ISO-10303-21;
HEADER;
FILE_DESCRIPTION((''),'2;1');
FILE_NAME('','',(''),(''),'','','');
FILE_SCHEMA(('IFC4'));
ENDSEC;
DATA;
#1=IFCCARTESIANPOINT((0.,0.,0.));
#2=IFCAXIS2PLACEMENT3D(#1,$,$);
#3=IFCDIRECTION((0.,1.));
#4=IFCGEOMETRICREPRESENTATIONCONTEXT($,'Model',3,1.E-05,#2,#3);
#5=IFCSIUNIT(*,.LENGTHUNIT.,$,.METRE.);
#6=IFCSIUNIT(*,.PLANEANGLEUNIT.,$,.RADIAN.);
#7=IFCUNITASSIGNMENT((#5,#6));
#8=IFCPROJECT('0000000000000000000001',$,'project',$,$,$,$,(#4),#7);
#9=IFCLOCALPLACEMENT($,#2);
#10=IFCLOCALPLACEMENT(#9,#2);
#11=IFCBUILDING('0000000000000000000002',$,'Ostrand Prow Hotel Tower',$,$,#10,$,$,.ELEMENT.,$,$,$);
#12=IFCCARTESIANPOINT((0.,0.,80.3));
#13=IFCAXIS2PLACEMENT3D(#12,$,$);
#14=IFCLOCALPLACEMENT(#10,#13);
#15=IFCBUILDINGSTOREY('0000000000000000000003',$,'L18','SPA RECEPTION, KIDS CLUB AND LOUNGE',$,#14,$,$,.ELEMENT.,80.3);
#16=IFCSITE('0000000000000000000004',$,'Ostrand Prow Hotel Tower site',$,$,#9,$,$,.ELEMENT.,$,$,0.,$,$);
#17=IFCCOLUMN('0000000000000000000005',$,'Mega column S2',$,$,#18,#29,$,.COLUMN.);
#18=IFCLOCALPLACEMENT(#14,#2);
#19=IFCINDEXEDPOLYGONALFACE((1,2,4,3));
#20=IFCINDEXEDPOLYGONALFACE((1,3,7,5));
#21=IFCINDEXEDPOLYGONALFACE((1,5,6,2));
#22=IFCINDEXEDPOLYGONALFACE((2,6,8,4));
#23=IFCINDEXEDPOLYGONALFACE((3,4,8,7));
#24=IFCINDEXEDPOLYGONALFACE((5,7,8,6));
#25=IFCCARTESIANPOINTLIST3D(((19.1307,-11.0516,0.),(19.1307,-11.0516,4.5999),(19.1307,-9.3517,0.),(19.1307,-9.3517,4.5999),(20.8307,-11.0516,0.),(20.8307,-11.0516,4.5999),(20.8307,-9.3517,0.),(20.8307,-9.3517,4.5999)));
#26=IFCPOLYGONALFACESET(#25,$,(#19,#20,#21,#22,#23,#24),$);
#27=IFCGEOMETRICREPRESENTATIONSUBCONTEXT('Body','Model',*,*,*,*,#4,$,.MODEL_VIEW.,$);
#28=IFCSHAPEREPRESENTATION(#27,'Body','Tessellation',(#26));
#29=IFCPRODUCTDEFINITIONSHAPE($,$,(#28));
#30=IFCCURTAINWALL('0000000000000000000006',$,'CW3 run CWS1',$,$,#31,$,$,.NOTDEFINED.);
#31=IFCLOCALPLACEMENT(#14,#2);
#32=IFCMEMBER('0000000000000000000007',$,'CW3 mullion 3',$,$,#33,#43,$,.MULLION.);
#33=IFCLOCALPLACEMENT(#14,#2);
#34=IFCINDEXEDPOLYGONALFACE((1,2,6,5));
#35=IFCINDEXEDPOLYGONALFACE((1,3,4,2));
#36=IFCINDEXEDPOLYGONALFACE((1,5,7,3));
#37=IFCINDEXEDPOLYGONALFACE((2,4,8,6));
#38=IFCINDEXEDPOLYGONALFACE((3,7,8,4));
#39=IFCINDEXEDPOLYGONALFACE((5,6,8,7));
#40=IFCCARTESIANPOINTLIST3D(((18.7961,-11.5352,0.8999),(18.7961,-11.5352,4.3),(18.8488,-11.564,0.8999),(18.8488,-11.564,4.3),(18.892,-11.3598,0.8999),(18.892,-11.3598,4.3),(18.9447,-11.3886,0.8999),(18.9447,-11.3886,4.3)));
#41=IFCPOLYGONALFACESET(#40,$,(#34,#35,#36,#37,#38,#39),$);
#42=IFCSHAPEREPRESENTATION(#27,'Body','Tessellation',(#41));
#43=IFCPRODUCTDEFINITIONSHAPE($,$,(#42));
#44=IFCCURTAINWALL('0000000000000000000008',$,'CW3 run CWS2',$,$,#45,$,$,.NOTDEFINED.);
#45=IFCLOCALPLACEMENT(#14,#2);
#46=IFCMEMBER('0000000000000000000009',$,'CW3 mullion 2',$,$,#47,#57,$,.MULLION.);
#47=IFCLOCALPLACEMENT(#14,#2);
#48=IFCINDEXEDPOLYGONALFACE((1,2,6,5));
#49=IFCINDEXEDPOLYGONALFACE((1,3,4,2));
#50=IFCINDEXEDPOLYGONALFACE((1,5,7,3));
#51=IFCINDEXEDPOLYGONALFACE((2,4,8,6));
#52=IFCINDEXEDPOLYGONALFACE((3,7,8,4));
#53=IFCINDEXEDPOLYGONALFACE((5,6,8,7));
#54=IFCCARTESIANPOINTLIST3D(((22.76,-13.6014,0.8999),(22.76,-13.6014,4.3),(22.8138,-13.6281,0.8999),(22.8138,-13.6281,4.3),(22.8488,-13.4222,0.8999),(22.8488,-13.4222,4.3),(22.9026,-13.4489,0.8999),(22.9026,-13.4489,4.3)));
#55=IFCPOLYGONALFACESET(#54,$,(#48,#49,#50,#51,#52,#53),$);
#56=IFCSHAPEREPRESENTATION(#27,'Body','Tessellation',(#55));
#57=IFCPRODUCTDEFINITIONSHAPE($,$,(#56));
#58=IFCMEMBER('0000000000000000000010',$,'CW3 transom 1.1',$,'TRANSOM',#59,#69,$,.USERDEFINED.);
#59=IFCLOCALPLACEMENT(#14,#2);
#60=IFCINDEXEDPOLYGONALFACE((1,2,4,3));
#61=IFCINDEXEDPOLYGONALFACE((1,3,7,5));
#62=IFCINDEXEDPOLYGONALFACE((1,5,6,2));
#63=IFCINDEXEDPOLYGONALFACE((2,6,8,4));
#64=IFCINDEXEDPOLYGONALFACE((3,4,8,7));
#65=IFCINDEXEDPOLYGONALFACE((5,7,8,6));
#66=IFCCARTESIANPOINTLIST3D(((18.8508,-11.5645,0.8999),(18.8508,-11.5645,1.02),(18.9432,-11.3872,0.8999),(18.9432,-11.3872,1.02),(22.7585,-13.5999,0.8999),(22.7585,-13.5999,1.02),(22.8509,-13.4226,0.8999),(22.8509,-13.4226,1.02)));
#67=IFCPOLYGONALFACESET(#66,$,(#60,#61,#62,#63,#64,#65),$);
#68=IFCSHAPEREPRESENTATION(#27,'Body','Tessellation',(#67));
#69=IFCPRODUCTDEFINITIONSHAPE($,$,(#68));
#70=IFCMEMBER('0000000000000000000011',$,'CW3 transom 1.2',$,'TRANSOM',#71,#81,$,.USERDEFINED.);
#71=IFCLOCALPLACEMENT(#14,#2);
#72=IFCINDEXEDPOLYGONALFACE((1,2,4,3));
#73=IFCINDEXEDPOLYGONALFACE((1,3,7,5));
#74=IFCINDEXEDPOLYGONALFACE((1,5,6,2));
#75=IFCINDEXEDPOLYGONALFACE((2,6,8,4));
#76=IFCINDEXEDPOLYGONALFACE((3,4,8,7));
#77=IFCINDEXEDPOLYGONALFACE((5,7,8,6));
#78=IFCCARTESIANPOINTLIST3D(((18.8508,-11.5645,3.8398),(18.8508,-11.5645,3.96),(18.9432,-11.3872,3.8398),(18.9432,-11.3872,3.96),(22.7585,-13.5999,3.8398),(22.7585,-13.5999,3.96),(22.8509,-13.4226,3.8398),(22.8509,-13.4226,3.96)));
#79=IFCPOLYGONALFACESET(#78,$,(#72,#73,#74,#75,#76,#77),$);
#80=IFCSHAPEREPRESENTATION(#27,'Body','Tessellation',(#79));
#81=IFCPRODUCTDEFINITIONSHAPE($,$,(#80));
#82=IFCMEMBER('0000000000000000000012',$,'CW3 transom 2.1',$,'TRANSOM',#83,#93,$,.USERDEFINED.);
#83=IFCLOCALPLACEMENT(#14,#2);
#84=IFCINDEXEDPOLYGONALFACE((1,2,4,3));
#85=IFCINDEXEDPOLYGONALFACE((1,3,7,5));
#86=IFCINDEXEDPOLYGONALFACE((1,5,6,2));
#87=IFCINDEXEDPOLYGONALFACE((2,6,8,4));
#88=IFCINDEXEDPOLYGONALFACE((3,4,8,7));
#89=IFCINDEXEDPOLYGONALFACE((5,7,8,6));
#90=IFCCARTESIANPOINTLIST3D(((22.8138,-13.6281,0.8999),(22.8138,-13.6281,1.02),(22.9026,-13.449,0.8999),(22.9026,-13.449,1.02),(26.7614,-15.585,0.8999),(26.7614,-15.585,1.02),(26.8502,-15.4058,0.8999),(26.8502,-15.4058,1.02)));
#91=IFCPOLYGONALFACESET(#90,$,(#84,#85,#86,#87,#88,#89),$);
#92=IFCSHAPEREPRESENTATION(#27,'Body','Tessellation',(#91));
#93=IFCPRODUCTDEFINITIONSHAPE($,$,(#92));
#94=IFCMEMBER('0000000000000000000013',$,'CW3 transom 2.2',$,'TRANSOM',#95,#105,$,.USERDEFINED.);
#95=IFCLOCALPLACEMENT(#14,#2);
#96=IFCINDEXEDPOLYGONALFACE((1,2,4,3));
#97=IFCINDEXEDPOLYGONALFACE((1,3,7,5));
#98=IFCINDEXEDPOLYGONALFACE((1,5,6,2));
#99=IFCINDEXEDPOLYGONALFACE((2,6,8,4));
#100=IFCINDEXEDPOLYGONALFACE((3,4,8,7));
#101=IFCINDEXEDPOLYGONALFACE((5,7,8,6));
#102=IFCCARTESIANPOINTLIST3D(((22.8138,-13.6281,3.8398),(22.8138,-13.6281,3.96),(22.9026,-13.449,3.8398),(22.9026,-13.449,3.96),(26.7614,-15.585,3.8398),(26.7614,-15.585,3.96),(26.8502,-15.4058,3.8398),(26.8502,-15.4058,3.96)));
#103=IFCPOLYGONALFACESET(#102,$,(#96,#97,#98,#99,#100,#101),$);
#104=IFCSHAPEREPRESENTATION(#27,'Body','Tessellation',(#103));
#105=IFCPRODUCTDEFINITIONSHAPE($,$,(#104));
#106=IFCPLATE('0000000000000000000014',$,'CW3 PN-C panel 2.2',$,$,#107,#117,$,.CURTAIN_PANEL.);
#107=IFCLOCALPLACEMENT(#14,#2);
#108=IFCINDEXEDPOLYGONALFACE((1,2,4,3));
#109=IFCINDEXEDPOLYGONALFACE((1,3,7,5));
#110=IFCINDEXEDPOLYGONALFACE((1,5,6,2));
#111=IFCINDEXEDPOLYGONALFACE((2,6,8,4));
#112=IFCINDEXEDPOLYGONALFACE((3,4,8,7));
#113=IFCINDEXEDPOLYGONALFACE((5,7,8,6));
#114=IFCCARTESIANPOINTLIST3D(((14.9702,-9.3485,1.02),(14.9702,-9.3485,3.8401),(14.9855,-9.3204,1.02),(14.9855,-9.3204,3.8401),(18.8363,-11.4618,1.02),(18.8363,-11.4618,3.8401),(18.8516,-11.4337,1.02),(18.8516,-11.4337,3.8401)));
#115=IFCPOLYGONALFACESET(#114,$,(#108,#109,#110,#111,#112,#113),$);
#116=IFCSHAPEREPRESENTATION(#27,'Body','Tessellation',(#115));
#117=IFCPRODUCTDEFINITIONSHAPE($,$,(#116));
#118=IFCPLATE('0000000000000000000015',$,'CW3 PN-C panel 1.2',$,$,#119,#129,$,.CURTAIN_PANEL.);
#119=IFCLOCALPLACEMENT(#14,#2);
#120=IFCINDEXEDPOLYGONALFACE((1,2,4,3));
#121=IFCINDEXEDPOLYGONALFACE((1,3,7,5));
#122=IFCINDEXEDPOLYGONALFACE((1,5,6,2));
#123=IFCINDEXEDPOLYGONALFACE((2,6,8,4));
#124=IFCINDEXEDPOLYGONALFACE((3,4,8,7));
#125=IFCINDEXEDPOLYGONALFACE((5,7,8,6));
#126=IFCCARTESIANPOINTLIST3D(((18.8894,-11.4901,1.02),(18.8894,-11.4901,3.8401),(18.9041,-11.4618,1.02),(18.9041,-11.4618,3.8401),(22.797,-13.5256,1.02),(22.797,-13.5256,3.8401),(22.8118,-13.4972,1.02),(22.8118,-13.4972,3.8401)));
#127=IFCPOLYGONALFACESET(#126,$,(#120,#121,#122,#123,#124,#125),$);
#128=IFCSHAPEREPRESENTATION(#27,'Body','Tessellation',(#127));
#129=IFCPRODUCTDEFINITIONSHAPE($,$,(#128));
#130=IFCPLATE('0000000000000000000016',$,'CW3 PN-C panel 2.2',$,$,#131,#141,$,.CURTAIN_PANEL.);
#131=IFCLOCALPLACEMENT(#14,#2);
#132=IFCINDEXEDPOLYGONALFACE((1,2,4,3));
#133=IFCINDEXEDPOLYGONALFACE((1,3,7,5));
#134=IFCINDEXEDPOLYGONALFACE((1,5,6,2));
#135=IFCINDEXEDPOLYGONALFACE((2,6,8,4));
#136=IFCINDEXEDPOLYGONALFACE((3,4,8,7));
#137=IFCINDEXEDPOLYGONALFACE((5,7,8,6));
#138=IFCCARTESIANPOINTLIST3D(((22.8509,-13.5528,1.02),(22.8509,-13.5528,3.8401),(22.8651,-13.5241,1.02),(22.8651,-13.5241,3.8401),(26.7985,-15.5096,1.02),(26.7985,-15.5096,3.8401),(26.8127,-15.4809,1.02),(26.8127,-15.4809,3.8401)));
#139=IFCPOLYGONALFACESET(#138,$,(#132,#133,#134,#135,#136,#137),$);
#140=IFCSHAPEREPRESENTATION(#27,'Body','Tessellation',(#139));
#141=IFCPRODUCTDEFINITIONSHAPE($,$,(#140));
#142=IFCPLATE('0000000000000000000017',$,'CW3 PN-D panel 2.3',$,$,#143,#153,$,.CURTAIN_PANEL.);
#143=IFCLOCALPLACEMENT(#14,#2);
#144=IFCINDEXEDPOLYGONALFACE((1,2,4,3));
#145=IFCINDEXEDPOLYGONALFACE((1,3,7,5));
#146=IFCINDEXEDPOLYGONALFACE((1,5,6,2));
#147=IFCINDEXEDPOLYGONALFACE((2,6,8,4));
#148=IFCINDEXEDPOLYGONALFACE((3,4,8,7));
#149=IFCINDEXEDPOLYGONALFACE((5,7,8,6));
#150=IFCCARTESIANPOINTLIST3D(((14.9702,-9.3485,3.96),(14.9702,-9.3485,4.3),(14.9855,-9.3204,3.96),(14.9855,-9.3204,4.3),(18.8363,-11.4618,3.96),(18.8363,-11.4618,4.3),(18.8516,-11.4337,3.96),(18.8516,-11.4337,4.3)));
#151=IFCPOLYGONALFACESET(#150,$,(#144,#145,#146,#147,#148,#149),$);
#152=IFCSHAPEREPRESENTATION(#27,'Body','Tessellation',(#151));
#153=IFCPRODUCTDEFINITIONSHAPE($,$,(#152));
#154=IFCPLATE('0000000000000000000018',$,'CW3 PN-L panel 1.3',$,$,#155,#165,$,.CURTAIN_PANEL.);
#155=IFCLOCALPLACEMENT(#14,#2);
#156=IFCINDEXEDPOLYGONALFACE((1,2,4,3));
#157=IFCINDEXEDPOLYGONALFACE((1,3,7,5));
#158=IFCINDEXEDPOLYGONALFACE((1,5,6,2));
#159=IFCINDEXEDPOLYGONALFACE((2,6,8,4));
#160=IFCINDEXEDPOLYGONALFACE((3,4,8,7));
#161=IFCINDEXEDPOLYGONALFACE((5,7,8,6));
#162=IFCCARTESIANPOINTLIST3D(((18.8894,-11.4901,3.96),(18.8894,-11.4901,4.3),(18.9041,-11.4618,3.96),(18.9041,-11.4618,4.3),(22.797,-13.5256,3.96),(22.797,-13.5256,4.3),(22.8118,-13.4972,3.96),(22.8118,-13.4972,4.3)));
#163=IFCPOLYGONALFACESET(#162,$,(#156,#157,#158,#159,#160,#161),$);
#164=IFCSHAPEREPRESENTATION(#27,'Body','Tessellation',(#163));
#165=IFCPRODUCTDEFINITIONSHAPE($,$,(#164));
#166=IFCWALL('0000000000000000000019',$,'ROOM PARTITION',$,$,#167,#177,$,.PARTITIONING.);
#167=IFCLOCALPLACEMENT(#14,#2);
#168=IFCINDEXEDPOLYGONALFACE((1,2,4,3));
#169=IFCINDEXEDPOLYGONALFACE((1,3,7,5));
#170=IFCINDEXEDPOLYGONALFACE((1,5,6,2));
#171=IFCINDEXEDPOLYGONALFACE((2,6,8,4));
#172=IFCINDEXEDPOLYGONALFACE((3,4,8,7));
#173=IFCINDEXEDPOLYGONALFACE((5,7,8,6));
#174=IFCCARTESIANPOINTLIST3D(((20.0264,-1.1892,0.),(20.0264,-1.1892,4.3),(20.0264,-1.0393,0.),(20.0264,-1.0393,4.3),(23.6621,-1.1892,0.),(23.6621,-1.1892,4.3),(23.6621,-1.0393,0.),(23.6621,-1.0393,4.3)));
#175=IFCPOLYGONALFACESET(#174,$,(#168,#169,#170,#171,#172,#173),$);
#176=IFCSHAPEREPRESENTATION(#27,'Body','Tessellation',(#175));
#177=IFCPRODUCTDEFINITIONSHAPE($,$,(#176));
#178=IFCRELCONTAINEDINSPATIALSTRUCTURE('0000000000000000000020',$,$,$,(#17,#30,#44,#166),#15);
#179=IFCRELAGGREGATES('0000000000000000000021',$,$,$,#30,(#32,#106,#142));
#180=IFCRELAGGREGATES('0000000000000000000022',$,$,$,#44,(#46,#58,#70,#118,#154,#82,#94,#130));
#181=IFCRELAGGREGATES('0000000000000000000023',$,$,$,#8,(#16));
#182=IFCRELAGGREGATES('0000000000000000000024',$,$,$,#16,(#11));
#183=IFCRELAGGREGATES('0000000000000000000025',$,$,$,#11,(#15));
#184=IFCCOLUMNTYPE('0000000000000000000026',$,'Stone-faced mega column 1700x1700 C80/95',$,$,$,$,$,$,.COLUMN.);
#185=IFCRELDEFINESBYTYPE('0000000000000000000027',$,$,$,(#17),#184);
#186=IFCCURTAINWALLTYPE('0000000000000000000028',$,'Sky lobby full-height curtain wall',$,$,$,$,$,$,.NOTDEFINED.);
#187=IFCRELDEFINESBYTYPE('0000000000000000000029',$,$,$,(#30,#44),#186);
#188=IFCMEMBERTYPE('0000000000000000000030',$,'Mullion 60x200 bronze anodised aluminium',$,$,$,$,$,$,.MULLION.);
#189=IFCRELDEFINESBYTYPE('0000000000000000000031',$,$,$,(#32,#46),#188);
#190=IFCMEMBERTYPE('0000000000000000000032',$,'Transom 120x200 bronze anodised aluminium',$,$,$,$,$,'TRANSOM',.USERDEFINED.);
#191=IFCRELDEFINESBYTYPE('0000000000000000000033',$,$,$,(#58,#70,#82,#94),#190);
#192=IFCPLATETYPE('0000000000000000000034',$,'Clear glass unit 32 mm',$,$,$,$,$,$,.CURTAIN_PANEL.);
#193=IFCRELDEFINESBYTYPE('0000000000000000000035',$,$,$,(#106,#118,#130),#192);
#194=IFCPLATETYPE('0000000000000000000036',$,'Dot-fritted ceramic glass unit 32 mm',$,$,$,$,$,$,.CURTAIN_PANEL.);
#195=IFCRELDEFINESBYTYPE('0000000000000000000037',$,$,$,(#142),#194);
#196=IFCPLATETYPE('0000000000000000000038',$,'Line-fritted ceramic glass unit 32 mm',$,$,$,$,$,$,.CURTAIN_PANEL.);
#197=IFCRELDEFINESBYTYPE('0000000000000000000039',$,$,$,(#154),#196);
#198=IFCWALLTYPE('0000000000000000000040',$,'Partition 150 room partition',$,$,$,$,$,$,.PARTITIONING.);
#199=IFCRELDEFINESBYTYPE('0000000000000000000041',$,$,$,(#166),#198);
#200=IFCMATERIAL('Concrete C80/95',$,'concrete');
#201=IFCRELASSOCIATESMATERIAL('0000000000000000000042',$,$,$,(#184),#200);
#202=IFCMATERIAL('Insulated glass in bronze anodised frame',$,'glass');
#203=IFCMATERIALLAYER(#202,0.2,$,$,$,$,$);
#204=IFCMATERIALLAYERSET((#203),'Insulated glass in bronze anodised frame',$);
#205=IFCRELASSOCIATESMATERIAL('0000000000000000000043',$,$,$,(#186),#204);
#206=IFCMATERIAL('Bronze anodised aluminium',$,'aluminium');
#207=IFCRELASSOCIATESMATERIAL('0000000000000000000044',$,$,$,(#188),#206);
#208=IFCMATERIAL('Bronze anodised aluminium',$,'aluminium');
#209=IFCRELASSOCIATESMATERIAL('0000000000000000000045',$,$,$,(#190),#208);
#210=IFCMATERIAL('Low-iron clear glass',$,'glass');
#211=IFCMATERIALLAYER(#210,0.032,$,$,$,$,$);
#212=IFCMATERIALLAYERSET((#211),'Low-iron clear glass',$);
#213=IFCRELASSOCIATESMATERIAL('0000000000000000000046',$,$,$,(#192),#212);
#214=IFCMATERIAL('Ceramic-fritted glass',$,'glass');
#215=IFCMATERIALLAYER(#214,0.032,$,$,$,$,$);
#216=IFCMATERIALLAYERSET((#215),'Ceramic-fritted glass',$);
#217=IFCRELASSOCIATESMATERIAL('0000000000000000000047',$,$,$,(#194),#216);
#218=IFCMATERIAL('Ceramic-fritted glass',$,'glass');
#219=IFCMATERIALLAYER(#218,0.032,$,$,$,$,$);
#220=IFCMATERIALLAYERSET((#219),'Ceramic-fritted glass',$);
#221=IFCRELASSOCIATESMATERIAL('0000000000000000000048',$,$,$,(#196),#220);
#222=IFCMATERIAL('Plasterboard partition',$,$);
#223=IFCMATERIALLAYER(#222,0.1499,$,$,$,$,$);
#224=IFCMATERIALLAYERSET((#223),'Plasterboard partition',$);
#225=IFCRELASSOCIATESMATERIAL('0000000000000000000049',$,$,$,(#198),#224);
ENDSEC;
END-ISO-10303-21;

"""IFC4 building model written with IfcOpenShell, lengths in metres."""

from ifc_helpers import new_model, si_unit, direction, frame, frame_2d, origin, origin_2d, place, context, subcontext, project, spatial, rectangle, extrude, material, layer, layer_set, material_profile, profile_set, type_object, element, aggregate, save


model = new_model("IFC4")

# Units and contexts
model_context = context("Model", 3, precision=1e-05, world=origin(), true_north=direction((0.0, 1.0)))
body_context = subcontext(model_context, "Body", "Model", "MODEL_VIEW")
ifc_project = project(units=[si_unit("LENGTHUNIT", "METRE"), si_unit("PLANEANGLEUNIT", "RADIAN")], contexts=[model_context])

# Site, building, storey
site_placement = place(None, origin())
site = spatial("IfcSite", under=ifc_project, at=site_placement, Name="Ostrand Prow Hotel Tower site", CompositionType="ELEMENT", RefElevation=0.0)
building_placement = place(site_placement, origin())
building = spatial("IfcBuilding", under=site, at=building_placement, Name="Ostrand Prow Hotel Tower", CompositionType="ELEMENT")
storey_placement = place(building_placement, frame((0.0, 0.0, 80.3)))
storey = spatial("IfcBuildingStorey", under=building, at=storey_placement, Name="L18", Description="SPA RECEPTION, KIDS CLUB AND LOUNGE", CompositionType="ELEMENT", Elevation=80.3)

# Column
ifc_material_1 = material(Name="Concrete C80/95", Category="concrete")
ifc_material_profile_1 = material_profile(ifc_material_1, rectangle(XDim=1.7, YDim=1.7, at=origin_2d()), Name="RC 1700x1700")
ifc_profile_set_1 = profile_set([ifc_material_profile_1], Name="Concrete C80/95")
column_type = type_object("IfcColumnType", Name="Stone-faced mega column 1700x1700 C80/95", PredefinedType="COLUMN", material=ifc_profile_set_1)
column_placement = place(storey_placement, frame((19.9807, -10.2017, 0.0), z_axis=(0.0, 0.0, 1.0), x_axis=(1.0, 0.0, 0.0)))
element("IfcColumn", 1, at=column_placement, inside=storey, type_object=column_type, Name="Mega column S2", PredefinedType="COLUMN", context=body_context, shape_type="SweptSolid", body=[
    extrude(rectangle(XDim=1.7, YDim=1.7, at=origin_2d()), origin(), (0.0, 0.0, 1.0), 4.5999),
])

# Curtain wall, member
ifc_material_2 = material(Name="Insulated glass in bronze anodised frame", Category="glass")
ifc_layer_1 = layer(ifc_material_2, 0.2)
ifc_layer_set_1 = layer_set([ifc_layer_1], Name="Insulated glass in bronze anodised frame")
curtain_wall_type = type_object("IfcCurtainWallType", Name="Sky lobby full-height curtain wall", PredefinedType="NOTDEFINED", material=ifc_layer_set_1)
curtain_wall_1_placement = place(storey_placement, origin())
curtain_wall_1 = element("IfcCurtainWall", 2, at=curtain_wall_1_placement, inside=storey, type_object=curtain_wall_type, Name="CW3 run CWS1", PredefinedType="NOTDEFINED")
ifc_material_3 = material(Name="Bronze anodised aluminium", Category="aluminium")
ifc_material_profile_2 = material_profile(ifc_material_3, rectangle(XDim=0.2, YDim=0.0601, at=origin_2d()), Name="Mullion 60x200 bronze anodised aluminium")
ifc_profile_set_2 = profile_set([ifc_material_profile_2], Name="Bronze anodised aluminium")
member_type_1 = type_object("IfcMemberType", Name="Mullion 60x200 bronze anodised aluminium", PredefinedType="MULLION", material=ifc_profile_set_2)
member_1_placement = place(storey_placement, frame((18.8704, -11.4619, 0.8999), z_axis=(0.0, 0.0, 1.0), x_axis=(0.479637, 0.877467, 0.0)))
member_1 = element("IfcMember", 3, at=member_1_placement, type_object=member_type_1, Name="CW3 mullion 3", PredefinedType="MULLION", context=body_context, shape_type="SweptSolid", body=[
    extrude(rectangle(XDim=0.2, YDim=0.0601, at=origin_2d()), origin(), (0.0, 0.0, 1.0), 3.4001),
])

# Curtain wall, members
curtain_wall_2_placement = place(storey_placement, origin())
curtain_wall_2 = element("IfcCurtainWall", 4, at=curtain_wall_2_placement, inside=storey, type_object=curtain_wall_type, Name="CW3 run CWS2", PredefinedType="NOTDEFINED")
member_2_placement = place(storey_placement, frame((22.8313, -13.5251, 0.8999), z_axis=(0.0, 0.0, 1.0), x_axis=(0.444113, 0.895971, 0.0)))
member_2 = element("IfcMember", 5, at=member_2_placement, type_object=member_type_1, Name="CW3 mullion 2", PredefinedType="MULLION", context=body_context, shape_type="SweptSolid", body=[
    extrude(rectangle(XDim=0.2, YDim=0.0601, at=origin_2d()), origin(), (0.0, 0.0, 1.0), 3.4001),
])
ifc_material_4 = material(Name="Bronze anodised aluminium", Category="aluminium")
ifc_material_profile_3 = material_profile(ifc_material_4, rectangle(XDim=0.2, YDim=0.1201, at=origin_2d()), Name="Transom 120x200 bronze anodised aluminium")
ifc_profile_set_3 = profile_set([ifc_material_profile_3], Name="Bronze anodised aluminium")
member_type_2 = type_object("IfcMemberType", Name="Transom 120x200 bronze anodised aluminium", ElementType="TRANSOM", PredefinedType="USERDEFINED", material=ifc_profile_set_3)
member_3_placement = place(storey_placement, frame((18.897, -11.4758, 0.96), z_axis=(0.886902, -0.461958, 0.0), x_axis=(0.461958, 0.886902, 0.0)))
member_3 = element("IfcMember", 6, at=member_3_placement, type_object=member_type_2, Name="CW3 transom 1.1", ObjectType="TRANSOM", PredefinedType="USERDEFINED", context=body_context, shape_type="SweptSolid", body=[
    extrude(rectangle(XDim=0.2, YDim=0.1201, at=origin_2d()), origin(), (0.0, 0.0, 1.0), 4.406),
])
member_4_placement = place(storey_placement, frame((18.897, -11.4758, 3.8999), z_axis=(0.886902, -0.461958, 0.0), x_axis=(0.461958, 0.886902, 0.0)))
member_4 = element("IfcMember", 7, at=member_4_placement, type_object=member_type_2, Name="CW3 transom 1.2", ObjectType="TRANSOM", PredefinedType="USERDEFINED", context=body_context, shape_type="SweptSolid", body=[
    extrude(rectangle(XDim=0.2, YDim=0.1201, at=origin_2d()), origin(), (0.0, 0.0, 1.0), 4.406),
])
member_5_placement = place(storey_placement, frame((22.8582, -13.5386, 0.96), z_axis=(0.895962, -0.44413, 0.0), x_axis=(0.44413, 0.895962, 0.0)))
member_5 = element("IfcMember", 8, at=member_5_placement, type_object=member_type_2, Name="CW3 transom 2.1", ObjectType="TRANSOM", PredefinedType="USERDEFINED", context=body_context, shape_type="SweptSolid", body=[
    extrude(rectangle(XDim=0.2, YDim=0.1201, at=origin_2d()), origin(), (0.0, 0.0, 1.0), 4.406),
])
member_6_placement = place(storey_placement, frame((22.8582, -13.5386, 3.8999), z_axis=(0.895962, -0.44413, 0.0), x_axis=(0.44413, 0.895962, 0.0)))
member_6 = element("IfcMember", 9, at=member_6_placement, type_object=member_type_2, Name="CW3 transom 2.2", ObjectType="TRANSOM", PredefinedType="USERDEFINED", context=body_context, shape_type="SweptSolid", body=[
    extrude(rectangle(XDim=0.2, YDim=0.1201, at=origin_2d()), origin(), (0.0, 0.0, 1.0), 4.406),
])

# Plates
ifc_material_5 = material(Name="Low-iron clear glass", Category="glass")
ifc_layer_2 = layer(ifc_material_5, 0.032)
ifc_layer_set_2 = layer_set([ifc_layer_2], Name="Low-iron clear glass")
plate_type_1 = type_object("IfcPlateType", Name="Clear glass unit 32 mm", PredefinedType="CURTAIN_PANEL", material=ifc_layer_set_2)
plate_1_placement = place(storey_placement, frame((16.9109, -10.3911, 1.02), z_axis=(0.0, 0.0, 1.0), x_axis=(0.877467, -0.479637, 0.0)))
plate_1 = element("IfcPlate", 10, at=plate_1_placement, type_object=plate_type_1, Name="CW3 PN-C panel 2.2", PredefinedType="CURTAIN_PANEL", context=body_context, shape_type="SweptSolid", body=[
    extrude(rectangle(XDim=4.406, YDim=0.032, at=origin_2d()), origin(), (0.0, 0.0, 1.0), 2.8201),
])
plate_2_placement = place(storey_placement, frame((20.8506, -12.4937, 1.02), z_axis=(0.0, 0.0, 1.0), x_axis=(0.886896, -0.461968, 0.0)))
plate_2 = element("IfcPlate", 11, at=plate_2_placement, type_object=plate_type_1, Name="CW3 PN-C panel 1.2", PredefinedType="CURTAIN_PANEL", context=body_context, shape_type="SweptSolid", body=[
    extrude(rectangle(XDim=4.406, YDim=0.032, at=origin_2d()), origin(), (0.0, 0.0, 1.0), 2.8201),
])
plate_3_placement = place(storey_placement, frame((24.8318, -14.5168, 1.02), z_axis=(0.0, 0.0, 1.0), x_axis=(0.895971, -0.444113, 0.0)))
plate_3 = element("IfcPlate", 12, at=plate_3_placement, type_object=plate_type_1, Name="CW3 PN-C panel 2.2", PredefinedType="CURTAIN_PANEL", context=body_context, shape_type="SweptSolid", body=[
    extrude(rectangle(XDim=4.406, YDim=0.032, at=origin_2d()), origin(), (0.0, 0.0, 1.0), 2.8201),
])
ifc_material_6 = material(Name="Ceramic-fritted glass", Category="glass")
ifc_layer_3 = layer(ifc_material_6, 0.032)
ifc_layer_set_3 = layer_set([ifc_layer_3], Name="Ceramic-fritted glass")
plate_type_2 = type_object("IfcPlateType", Name="Dot-fritted ceramic glass unit 32 mm", PredefinedType="CURTAIN_PANEL", material=ifc_layer_set_3)
plate_4_placement = place(storey_placement, frame((16.9109, -10.3911, 3.96), z_axis=(0.0, 0.0, 1.0), x_axis=(0.877467, -0.479637, 0.0)))
plate_4 = element("IfcPlate", 13, at=plate_4_placement, type_object=plate_type_2, Name="CW3 PN-D panel 2.3", PredefinedType="CURTAIN_PANEL", context=body_context, shape_type="SweptSolid", body=[
    extrude(rectangle(XDim=4.406, YDim=0.032, at=origin_2d()), origin(), (0.0, 0.0, 1.0), 0.3401),
])
aggregate(curtain_wall_1, [member_1, plate_1, plate_4])
ifc_material_7 = material(Name="Ceramic-fritted glass", Category="glass")
ifc_layer_4 = layer(ifc_material_7, 0.032)
ifc_layer_set_4 = layer_set([ifc_layer_4], Name="Ceramic-fritted glass")
plate_type_3 = type_object("IfcPlateType", Name="Line-fritted ceramic glass unit 32 mm", PredefinedType="CURTAIN_PANEL", material=ifc_layer_set_4)
plate_5_placement = place(storey_placement, frame((20.8506, -12.4937, 3.96), z_axis=(0.0, 0.0, 1.0), x_axis=(0.886896, -0.461968, 0.0)))
plate_5 = element("IfcPlate", 14, at=plate_5_placement, type_object=plate_type_3, Name="CW3 PN-L panel 1.3", PredefinedType="CURTAIN_PANEL", context=body_context, shape_type="SweptSolid", body=[
    extrude(rectangle(XDim=4.406, YDim=0.032, at=origin_2d()), origin(), (0.0, 0.0, 1.0), 0.3401),
])
aggregate(curtain_wall_2, [member_2, member_3, member_4, plate_2, plate_5, member_5, member_6, plate_3])

# Wall
ifc_material_8 = material(Name="Plasterboard partition")
ifc_layer_5 = layer(ifc_material_8, 0.1499)
ifc_layer_set_5 = layer_set([ifc_layer_5], Name="Plasterboard partition")
wall_type_1 = type_object("IfcWallType", Name="Partition 150 room partition", PredefinedType="PARTITIONING", material=ifc_layer_set_5)
wall_1_placement = place(storey_placement, frame((20.0264, -1.1143, 0.0), z_axis=(0.0, 0.0, 1.0), x_axis=(1.0, 0.0, 0.0)))
element("IfcWall", 15, at=wall_1_placement, inside=storey, type_object=wall_type_1, Name="ROOM PARTITION", PredefinedType="PARTITIONING", context=body_context, shape_type="SweptSolid", body=[
    extrude(rectangle(XDim=3.6357, YDim=0.1499, at=frame_2d((1.8179, 0.0))), origin(), (0.0, 0.0, 1.0), 4.3),
])

save(model, "model.ifc")
